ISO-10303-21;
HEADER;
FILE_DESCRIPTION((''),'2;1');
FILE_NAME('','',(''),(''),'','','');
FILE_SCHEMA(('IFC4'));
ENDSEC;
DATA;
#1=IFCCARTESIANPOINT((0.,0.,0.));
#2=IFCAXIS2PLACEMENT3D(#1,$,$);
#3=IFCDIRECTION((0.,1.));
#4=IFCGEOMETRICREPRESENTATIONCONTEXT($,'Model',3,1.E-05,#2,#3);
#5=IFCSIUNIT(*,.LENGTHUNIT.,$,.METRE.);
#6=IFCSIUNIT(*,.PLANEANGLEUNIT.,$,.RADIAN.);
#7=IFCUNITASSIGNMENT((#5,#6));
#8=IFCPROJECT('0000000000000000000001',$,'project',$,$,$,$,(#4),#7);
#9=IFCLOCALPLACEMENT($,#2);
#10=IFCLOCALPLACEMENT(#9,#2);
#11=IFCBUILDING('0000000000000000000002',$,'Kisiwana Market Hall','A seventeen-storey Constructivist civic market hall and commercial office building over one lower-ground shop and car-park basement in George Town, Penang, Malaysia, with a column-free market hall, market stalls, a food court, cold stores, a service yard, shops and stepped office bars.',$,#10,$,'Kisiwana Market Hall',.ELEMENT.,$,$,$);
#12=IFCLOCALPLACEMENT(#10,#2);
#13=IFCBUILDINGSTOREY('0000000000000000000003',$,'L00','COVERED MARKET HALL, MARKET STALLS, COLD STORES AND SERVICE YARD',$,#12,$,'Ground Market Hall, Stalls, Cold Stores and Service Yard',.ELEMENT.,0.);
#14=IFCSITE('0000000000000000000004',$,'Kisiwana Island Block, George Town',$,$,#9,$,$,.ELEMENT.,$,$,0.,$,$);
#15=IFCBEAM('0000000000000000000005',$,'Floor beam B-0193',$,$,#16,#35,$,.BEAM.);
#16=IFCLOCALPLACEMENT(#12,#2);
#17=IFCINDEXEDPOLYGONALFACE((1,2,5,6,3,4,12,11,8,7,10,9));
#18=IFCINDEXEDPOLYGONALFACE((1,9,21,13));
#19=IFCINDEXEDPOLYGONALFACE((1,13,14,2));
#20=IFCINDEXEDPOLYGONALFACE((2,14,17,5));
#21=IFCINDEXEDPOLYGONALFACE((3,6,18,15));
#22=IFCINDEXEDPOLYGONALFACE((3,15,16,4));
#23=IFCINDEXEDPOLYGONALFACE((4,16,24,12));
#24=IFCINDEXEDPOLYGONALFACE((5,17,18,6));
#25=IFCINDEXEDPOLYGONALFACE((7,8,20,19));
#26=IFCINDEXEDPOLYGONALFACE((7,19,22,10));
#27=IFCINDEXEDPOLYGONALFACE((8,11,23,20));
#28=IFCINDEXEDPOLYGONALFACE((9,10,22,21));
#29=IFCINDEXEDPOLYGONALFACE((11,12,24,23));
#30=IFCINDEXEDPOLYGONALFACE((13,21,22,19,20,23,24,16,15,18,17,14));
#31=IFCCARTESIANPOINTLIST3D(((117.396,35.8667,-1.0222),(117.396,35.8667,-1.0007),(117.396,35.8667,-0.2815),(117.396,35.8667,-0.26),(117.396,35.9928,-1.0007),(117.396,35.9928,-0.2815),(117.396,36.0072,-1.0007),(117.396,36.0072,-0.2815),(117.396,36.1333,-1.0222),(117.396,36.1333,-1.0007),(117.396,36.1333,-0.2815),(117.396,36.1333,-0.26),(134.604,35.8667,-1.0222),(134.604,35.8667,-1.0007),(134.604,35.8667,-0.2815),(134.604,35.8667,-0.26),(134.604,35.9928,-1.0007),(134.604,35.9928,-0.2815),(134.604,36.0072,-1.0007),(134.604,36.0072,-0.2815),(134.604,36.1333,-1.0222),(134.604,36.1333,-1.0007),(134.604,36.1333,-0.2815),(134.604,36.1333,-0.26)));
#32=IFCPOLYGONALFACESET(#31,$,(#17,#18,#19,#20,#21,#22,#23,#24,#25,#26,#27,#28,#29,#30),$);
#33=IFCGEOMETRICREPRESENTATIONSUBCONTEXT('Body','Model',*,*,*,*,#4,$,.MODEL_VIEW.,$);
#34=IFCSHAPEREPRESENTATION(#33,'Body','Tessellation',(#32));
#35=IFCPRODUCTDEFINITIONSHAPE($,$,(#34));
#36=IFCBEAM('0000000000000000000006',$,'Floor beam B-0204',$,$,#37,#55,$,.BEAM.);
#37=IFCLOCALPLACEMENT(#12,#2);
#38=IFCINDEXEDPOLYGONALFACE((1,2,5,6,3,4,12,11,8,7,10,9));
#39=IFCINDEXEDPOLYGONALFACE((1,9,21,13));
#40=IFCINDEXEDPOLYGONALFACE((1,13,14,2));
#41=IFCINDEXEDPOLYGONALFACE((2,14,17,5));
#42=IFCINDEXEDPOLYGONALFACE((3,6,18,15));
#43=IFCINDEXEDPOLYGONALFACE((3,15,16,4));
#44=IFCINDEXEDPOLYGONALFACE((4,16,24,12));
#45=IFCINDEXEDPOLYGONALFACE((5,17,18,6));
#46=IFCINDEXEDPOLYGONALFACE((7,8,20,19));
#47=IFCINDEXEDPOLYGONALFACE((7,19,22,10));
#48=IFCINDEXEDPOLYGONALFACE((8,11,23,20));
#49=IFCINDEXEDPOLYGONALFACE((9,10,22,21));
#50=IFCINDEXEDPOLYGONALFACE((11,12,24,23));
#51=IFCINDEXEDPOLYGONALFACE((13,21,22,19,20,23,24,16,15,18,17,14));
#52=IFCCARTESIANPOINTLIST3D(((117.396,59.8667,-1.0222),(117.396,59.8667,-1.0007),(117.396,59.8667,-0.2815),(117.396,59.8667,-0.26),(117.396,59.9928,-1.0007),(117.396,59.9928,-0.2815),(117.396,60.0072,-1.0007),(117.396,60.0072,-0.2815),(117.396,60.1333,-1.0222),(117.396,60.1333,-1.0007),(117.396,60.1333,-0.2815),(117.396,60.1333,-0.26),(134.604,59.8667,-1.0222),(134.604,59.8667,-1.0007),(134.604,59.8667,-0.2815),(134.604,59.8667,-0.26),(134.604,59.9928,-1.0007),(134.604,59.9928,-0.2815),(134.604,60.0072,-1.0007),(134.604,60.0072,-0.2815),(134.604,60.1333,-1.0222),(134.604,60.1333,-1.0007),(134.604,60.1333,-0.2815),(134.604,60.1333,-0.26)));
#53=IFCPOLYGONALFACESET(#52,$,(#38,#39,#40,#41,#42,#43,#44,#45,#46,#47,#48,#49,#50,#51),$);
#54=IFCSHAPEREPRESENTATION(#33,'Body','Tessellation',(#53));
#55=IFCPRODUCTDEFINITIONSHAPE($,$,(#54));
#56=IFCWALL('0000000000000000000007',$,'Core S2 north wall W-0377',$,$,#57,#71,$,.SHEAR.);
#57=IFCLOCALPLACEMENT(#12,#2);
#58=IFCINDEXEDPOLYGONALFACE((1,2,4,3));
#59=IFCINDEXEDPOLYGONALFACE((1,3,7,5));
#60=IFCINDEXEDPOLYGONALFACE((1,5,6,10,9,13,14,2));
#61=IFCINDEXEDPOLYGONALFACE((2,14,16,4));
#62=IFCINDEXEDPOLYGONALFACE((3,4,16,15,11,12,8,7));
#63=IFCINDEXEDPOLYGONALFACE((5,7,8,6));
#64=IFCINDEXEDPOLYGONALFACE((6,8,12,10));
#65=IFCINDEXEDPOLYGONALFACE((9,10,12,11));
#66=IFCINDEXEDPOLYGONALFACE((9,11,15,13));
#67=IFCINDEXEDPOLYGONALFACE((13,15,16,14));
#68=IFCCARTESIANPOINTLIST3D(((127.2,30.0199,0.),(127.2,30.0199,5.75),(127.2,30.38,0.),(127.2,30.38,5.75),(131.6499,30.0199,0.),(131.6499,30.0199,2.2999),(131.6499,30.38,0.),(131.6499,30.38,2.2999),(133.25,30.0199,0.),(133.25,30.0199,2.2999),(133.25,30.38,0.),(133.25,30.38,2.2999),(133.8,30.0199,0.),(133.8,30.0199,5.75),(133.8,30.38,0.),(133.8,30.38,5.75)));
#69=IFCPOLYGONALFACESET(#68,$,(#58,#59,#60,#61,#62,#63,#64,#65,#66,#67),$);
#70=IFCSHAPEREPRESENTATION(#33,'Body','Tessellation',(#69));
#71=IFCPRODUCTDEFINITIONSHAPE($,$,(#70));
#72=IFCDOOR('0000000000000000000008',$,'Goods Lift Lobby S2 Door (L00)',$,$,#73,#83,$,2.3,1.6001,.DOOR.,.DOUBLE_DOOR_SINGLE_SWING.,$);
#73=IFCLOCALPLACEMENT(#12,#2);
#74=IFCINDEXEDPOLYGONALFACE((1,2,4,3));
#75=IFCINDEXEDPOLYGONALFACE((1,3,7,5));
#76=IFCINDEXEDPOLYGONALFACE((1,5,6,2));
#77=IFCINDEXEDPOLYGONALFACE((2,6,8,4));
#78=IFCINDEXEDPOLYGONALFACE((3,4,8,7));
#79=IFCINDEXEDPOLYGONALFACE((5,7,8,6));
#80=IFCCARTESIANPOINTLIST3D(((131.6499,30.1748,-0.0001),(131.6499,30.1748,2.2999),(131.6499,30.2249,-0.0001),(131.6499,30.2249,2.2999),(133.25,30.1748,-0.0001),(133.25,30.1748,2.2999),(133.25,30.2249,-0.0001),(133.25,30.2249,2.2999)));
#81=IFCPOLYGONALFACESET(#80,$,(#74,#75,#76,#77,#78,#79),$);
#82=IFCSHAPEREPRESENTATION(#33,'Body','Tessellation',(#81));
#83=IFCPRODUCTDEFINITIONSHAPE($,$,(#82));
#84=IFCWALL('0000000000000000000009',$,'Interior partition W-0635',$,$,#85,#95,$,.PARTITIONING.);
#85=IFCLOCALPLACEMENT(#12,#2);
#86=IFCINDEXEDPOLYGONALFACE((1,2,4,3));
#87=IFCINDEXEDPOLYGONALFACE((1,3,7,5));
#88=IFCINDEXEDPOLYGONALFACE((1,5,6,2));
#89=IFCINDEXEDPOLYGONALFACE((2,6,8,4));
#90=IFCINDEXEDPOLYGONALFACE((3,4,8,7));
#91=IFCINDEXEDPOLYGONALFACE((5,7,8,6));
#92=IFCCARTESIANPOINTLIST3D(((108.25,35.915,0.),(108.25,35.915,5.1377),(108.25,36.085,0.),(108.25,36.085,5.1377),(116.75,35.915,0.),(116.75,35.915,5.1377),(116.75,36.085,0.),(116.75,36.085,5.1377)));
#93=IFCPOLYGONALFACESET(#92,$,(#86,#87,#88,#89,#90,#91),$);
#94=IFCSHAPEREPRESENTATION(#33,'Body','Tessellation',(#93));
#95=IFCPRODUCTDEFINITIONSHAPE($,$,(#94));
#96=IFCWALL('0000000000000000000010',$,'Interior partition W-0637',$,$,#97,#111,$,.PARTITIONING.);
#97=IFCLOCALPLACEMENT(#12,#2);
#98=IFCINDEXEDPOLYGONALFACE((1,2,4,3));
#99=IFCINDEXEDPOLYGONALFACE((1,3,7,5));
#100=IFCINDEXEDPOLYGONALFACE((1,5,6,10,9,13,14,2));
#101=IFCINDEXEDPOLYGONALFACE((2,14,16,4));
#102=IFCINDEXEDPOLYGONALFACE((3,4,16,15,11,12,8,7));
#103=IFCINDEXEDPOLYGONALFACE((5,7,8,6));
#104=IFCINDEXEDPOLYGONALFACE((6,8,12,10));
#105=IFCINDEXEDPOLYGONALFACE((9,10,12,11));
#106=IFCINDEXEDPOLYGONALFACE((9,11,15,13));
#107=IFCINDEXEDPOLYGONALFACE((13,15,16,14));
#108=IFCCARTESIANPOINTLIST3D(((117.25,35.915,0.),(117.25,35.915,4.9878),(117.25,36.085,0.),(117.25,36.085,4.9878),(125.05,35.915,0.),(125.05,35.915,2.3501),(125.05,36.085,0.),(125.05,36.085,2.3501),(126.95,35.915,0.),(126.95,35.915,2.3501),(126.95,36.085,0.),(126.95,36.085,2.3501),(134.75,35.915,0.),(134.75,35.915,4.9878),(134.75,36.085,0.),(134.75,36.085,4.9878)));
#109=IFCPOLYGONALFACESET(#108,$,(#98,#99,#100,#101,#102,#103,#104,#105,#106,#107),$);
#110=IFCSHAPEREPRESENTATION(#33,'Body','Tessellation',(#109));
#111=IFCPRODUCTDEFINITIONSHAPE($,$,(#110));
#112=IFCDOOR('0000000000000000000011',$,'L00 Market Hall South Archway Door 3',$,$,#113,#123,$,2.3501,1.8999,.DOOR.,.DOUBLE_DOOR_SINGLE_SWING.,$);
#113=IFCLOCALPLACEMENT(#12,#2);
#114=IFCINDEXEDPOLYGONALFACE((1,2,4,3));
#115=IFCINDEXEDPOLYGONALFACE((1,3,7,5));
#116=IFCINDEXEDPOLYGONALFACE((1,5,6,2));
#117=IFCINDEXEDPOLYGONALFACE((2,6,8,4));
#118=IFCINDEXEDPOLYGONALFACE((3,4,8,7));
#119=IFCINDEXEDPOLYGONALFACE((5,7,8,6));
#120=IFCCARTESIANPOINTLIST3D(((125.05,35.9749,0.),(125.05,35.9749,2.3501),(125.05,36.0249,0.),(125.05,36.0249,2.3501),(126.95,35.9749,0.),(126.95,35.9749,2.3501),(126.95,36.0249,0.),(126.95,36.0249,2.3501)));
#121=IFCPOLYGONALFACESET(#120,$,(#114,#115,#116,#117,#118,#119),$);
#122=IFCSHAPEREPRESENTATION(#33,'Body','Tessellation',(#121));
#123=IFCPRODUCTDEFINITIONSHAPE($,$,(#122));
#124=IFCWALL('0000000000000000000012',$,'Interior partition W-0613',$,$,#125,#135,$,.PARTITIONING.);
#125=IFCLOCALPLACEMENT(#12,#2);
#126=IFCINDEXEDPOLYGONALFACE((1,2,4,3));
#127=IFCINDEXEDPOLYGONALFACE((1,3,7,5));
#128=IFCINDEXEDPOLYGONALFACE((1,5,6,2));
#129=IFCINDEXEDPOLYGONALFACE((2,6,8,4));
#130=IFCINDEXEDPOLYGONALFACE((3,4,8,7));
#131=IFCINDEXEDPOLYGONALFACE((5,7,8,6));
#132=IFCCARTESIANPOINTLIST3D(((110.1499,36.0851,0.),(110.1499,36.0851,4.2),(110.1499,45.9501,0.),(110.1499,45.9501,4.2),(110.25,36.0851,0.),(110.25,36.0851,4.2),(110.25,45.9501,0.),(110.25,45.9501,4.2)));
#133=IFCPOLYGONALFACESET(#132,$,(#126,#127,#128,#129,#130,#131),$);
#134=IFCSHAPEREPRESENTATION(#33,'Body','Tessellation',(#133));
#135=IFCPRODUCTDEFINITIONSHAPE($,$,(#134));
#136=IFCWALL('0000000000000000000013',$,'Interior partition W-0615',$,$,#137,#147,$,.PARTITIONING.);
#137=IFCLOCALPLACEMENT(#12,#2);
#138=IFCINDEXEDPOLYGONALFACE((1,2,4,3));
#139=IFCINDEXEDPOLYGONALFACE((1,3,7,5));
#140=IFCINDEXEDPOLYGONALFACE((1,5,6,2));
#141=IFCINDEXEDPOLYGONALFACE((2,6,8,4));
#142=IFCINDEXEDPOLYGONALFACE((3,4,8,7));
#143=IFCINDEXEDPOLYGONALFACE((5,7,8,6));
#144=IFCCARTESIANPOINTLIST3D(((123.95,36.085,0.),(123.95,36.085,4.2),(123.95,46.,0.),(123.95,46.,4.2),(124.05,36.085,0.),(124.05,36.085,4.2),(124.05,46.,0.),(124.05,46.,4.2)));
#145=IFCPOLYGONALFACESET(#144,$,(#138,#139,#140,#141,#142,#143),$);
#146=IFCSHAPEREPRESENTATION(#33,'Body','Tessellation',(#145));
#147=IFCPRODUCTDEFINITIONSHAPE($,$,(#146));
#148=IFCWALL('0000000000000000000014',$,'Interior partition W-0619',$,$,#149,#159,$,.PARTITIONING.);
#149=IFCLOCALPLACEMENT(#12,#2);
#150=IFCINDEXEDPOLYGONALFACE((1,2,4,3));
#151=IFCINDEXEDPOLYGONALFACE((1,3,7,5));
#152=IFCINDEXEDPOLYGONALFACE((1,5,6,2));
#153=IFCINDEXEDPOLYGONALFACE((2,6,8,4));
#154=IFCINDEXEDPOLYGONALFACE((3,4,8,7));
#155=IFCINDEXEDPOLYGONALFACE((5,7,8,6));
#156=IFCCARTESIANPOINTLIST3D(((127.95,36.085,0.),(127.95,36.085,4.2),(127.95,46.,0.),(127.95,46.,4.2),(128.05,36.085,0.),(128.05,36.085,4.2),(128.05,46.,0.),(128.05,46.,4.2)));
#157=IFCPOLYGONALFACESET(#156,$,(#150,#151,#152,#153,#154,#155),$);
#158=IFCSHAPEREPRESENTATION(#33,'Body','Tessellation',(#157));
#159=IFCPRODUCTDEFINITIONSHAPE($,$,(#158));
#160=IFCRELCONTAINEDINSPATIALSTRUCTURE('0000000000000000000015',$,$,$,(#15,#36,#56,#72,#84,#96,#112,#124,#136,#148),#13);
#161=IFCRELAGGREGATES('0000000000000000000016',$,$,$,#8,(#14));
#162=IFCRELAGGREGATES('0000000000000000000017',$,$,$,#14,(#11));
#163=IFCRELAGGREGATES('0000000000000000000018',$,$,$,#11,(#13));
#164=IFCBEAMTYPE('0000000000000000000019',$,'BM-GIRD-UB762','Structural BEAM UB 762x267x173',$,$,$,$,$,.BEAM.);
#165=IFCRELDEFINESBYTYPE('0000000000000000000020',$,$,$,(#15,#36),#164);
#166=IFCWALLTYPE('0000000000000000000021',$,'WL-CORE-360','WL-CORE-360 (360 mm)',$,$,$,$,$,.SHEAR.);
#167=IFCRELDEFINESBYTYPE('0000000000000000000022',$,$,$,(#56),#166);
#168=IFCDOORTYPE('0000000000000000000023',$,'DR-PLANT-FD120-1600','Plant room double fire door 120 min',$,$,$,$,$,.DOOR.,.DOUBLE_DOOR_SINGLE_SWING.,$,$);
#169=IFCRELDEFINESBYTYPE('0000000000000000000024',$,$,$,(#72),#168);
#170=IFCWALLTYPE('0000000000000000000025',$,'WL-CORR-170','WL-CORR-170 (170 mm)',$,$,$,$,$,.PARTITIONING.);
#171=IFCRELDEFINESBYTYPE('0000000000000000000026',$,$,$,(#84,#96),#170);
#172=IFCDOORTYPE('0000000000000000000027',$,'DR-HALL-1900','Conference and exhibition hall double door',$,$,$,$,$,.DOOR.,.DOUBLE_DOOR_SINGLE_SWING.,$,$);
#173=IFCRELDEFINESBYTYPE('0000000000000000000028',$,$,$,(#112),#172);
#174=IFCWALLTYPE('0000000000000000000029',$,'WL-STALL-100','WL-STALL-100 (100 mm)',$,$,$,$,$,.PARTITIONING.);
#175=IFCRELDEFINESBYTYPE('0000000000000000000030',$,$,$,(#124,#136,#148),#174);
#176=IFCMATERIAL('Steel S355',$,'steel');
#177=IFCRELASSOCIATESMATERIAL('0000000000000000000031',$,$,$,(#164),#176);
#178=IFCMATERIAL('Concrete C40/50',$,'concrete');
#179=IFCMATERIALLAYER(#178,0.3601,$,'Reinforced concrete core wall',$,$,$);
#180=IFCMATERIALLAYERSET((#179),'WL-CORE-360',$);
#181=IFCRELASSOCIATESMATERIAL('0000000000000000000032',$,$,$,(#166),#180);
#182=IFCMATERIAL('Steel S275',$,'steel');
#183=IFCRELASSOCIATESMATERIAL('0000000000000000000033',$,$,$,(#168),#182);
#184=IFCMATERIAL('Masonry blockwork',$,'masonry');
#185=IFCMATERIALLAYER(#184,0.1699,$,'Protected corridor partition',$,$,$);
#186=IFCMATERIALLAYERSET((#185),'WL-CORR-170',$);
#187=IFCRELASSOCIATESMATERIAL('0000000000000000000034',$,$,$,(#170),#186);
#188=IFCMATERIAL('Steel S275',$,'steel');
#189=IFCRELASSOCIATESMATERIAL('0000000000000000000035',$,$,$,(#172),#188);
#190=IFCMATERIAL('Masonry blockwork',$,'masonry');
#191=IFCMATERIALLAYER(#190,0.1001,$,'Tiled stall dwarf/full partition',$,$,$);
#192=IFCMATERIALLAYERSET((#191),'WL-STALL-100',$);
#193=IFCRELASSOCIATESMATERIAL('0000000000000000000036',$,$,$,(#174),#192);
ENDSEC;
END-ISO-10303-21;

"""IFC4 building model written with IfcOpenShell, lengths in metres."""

from ifc_helpers import new_model, si_unit, direction, frame, frame_2d, origin, origin_2d, place, context, subcontext, project, spatial, rectangle, i_section, extrude, material, layer, layer_set, material_profile, profile_set, type_object, element, fill, save


model = new_model("IFC4")

# Units and contexts
model_context = context("Model", 3, precision=1e-05, world=origin(), true_north=direction((0.0, 1.0)))
body_context = subcontext(model_context, "Body", "Model", "MODEL_VIEW")
ifc_project = project(units=[si_unit("LENGTHUNIT", "METRE"), si_unit("PLANEANGLEUNIT", "RADIAN")], contexts=[model_context])

# Site, building, storey
site_placement = place(None, origin())
site = spatial("IfcSite", under=ifc_project, at=site_placement, Name="Kisiwana Island Block, George Town", CompositionType="ELEMENT", RefElevation=0.0)
building_placement = place(site_placement, origin())
building = spatial("IfcBuilding", under=site, at=building_placement, Name="Kisiwana Market Hall", Description="A seventeen-storey Constructivist civic market hall and commercial office building over one lower-ground shop and car-park basement in George Town, Penang, Malaysia, with a column-free market hall, market stalls, a food court, cold stores, a service yard, shops and stepped office bars.", LongName="Kisiwana Market Hall", CompositionType="ELEMENT")
storey_placement = place(building_placement, origin())
storey = spatial("IfcBuildingStorey", under=building, at=storey_placement, Name="L00", Description="COVERED MARKET HALL, MARKET STALLS, COLD STORES AND SERVICE YARD", LongName="Ground Market Hall, Stalls, Cold Stores and Service Yard", CompositionType="ELEMENT", Elevation=0.0)

# Beams
ifc_material_1 = material(Name="Steel S355", Category="steel")
ifc_material_profile_1 = material_profile(ifc_material_1, i_section(OverallWidth=0.2666, OverallDepth=0.7622, WebThickness=0.0144, FlangeThickness=0.0215, at=origin_2d()), Name="UB 762x267x173")
ifc_profile_set_1 = profile_set([ifc_material_profile_1], Name="Steel S355")
beam_type_1 = type_object("IfcBeamType", Name="BM-GIRD-UB762", Description="Structural BEAM UB 762x267x173", PredefinedType="BEAM", material=ifc_profile_set_1)
for number, where, z_axis, x_axis, name in (
    (1, (117.396, 36.0, -0.6411), (1.0, 0.0, 0.0), (0.0, 1.0, 0.0), "Floor beam B-0193"),
    (2, (117.396, 60.0, -0.6411), (1.0, 0.0, 0.0), (0.0, 1.0, 0.0), "Floor beam B-0204"),
):
    element("IfcBeam", number, at=place(storey_placement, frame(where, z_axis=z_axis, x_axis=x_axis)), inside=storey, type_object=beam_type_1, Name=name, PredefinedType="BEAM", context=body_context, shape_type="SweptSolid", body=[
        extrude(i_section(OverallWidth=0.2666, OverallDepth=0.7622, WebThickness=0.0144, FlangeThickness=0.0215, at=origin_2d()), origin(), (0.0, 0.0, 1.0), 17.208),
    ])

# Wall, opening, door
ifc_material_2 = material(Name="Concrete C40/50", Category="concrete")
ifc_layer_1 = layer(ifc_material_2, 0.3601, Name="Reinforced concrete core wall")
ifc_layer_set_1 = layer_set([ifc_layer_1], Name="WL-CORE-360")
wall_type_1 = type_object("IfcWallType", Name="WL-CORE-360", Description="WL-CORE-360 (360 mm)", PredefinedType="SHEAR", material=ifc_layer_set_1)
wall_1_placement = place(storey_placement, frame((127.2, 30.2, 0.0), z_axis=(0.0, 0.0, 1.0), x_axis=(1.0, 0.0, 0.0)))
wall_1 = element("IfcWall", 3, at=wall_1_placement, inside=storey, type_object=wall_type_1, Name="Core S2 north wall W-0377", PredefinedType="SHEAR", context=body_context, shape_type="SweptSolid", body=[
    extrude(rectangle(XDim=6.6001, YDim=0.3601, at=frame_2d((3.3, 0.0))), origin(), (0.0, 0.0, 1.0), 5.75),
])
opening_1_placement = place(wall_1_placement, frame((4.45, 0.0, 0.0)))
opening_1 = element("IfcOpeningElement", 4, at=opening_1_placement, cuts=wall_1, PredefinedType="OPENING", context=body_context, shape_type="SweptSolid", body=[
    extrude(rectangle(XDim=1.6001, YDim=2.3, at=frame_2d((0.8, 1.1499))), frame((0.0, 0.1919, 0.0), z_axis=(0.0, -1.0, 0.0), x_axis=(1.0, 0.0, 0.0)), (0.0, 0.0, 1.0), 0.384),
])
ifc_material_3 = material(Name="Steel S275", Category="steel")
door_type_1 = type_object("IfcDoorType", Name="DR-PLANT-FD120-1600", Description="Plant room double fire door 120 min", OperationType="DOUBLE_DOOR_SINGLE_SWING", PredefinedType="DOOR", material=ifc_material_3)
door_1_placement = place(opening_1_placement, origin())
door_1 = element("IfcDoor", 5, at=door_1_placement, inside=storey, type_object=door_type_1, Name="Goods Lift Lobby S2 Door (L00)", OperationType="DOUBLE_DOOR_SINGLE_SWING", OverallHeight=2.3, OverallWidth=1.6001, PredefinedType="DOOR", context=body_context, shape_type="SweptSolid", body=[
    extrude(rectangle(XDim=1.6001, YDim=2.3, at=frame_2d((0.8, 1.1499))), frame((0.0, 0.0249, 0.0), z_axis=(0.0, -1.0, 0.0), x_axis=(1.0, 0.0, 0.0)), (0.0, 0.0, 1.0), 0.05),
])
fill(opening_1, door_1)

# Wall
ifc_material_4 = material(Name="Masonry blockwork", Category="masonry")
ifc_layer_2 = layer(ifc_material_4, 0.1699, Name="Protected corridor partition")
ifc_layer_set_2 = layer_set([ifc_layer_2], Name="WL-CORR-170")
wall_type_2 = type_object("IfcWallType", Name="WL-CORR-170", Description="WL-CORR-170 (170 mm)", PredefinedType="PARTITIONING", material=ifc_layer_set_2)
wall_2_placement = place(storey_placement, frame((108.25, 36.0, 0.0), z_axis=(0.0, 0.0, 1.0), x_axis=(1.0, 0.0, 0.0)))
element("IfcWall", 6, at=wall_2_placement, inside=storey, type_object=wall_type_2, Name="Interior partition W-0635", PredefinedType="PARTITIONING", context=body_context, shape_type="SweptSolid", body=[
    extrude(rectangle(XDim=8.5, YDim=0.1699, at=frame_2d((4.25, 0.0))), origin(), (0.0, 0.0, 1.0), 5.1377),
])

# Wall, opening, door
wall_3_placement = place(storey_placement, frame((117.25, 36.0, 0.0), z_axis=(0.0, 0.0, 1.0), x_axis=(1.0, 0.0, 0.0)))
wall_3 = element("IfcWall", 7, at=wall_3_placement, inside=storey, type_object=wall_type_2, Name="Interior partition W-0637", PredefinedType="PARTITIONING", context=body_context, shape_type="SweptSolid", body=[
    extrude(rectangle(XDim=17.5, YDim=0.1699, at=frame_2d((8.75, 0.0))), origin(), (0.0, 0.0, 1.0), 4.9878),
])
opening_2_placement = place(wall_3_placement, frame((7.8, 0.0, 0.0)))
opening_2 = element("IfcOpeningElement", 8, at=opening_2_placement, cuts=wall_3, PredefinedType="OPENING", context=body_context, shape_type="SweptSolid", body=[
    extrude(rectangle(XDim=1.8999, YDim=2.3501, at=frame_2d((0.95, 1.175))), frame((0.0, 0.0969, 0.0), z_axis=(0.0, -1.0, 0.0), x_axis=(1.0, 0.0, 0.0)), (0.0, 0.0, 1.0), 0.1938),
])
ifc_material_5 = material(Name="Steel S275", Category="steel")
door_type_2 = type_object("IfcDoorType", Name="DR-HALL-1900", Description="Conference and exhibition hall double door", OperationType="DOUBLE_DOOR_SINGLE_SWING", PredefinedType="DOOR", material=ifc_material_5)
door_2_placement = place(opening_2_placement, origin())
door_2 = element("IfcDoor", 9, at=door_2_placement, inside=storey, type_object=door_type_2, Name="L00 Market Hall South Archway Door 3", OperationType="DOUBLE_DOOR_SINGLE_SWING", OverallHeight=2.3501, OverallWidth=1.8999, PredefinedType="DOOR", context=body_context, shape_type="SweptSolid", body=[
    extrude(rectangle(XDim=1.8999, YDim=2.3501, at=frame_2d((0.95, 1.175))), frame((0.0, 0.0249, 0.0), z_axis=(0.0, -1.0, 0.0), x_axis=(1.0, 0.0, 0.0)), (0.0, 0.0, 1.0), 0.05),
])
fill(opening_2, door_2)

# Walls
ifc_material_6 = material(Name="Masonry blockwork", Category="masonry")
ifc_layer_3 = layer(ifc_material_6, 0.1001, Name="Tiled stall dwarf/full partition")
ifc_layer_set_3 = layer_set([ifc_layer_3], Name="WL-STALL-100")
wall_type_3 = type_object("IfcWallType", Name="WL-STALL-100", Description="WL-STALL-100 (100 mm)", PredefinedType="PARTITIONING", material=ifc_layer_set_3)
wall_4_placement = place(storey_placement, frame((110.2, 36.085, 0.0), z_axis=(0.0, 0.0, 1.0), x_axis=(0.0, 1.0, 0.0)))
element("IfcWall", 10, at=wall_4_placement, inside=storey, type_object=wall_type_3, Name="Interior partition W-0613", PredefinedType="PARTITIONING", context=body_context, shape_type="SweptSolid", body=[
    extrude(rectangle(XDim=9.865, YDim=0.1001, at=frame_2d((4.9326, 0.0))), origin(), (0.0, 0.0, 1.0), 4.2),
])
for number, where, z_axis, x_axis, name in (
    (11, (124.0, 36.085, 0.0), (0.0, 0.0, 1.0), (0.0, 1.0, 0.0), "Interior partition W-0615"),
    (12, (128.0, 36.085, 0.0), (0.0, 0.0, 1.0), (0.0, 1.0, 0.0), "Interior partition W-0619"),
):
    element("IfcWall", number, at=place(storey_placement, frame(where, z_axis=z_axis, x_axis=x_axis)), inside=storey, type_object=wall_type_3, Name=name, PredefinedType="PARTITIONING", context=body_context, shape_type="SweptSolid", body=[
        extrude(rectangle(XDim=9.915, YDim=0.1001, at=frame_2d((4.9575, 0.0))), origin(), (0.0, 0.0, 1.0), 4.2),
    ])

save(model, "model.ifc")
